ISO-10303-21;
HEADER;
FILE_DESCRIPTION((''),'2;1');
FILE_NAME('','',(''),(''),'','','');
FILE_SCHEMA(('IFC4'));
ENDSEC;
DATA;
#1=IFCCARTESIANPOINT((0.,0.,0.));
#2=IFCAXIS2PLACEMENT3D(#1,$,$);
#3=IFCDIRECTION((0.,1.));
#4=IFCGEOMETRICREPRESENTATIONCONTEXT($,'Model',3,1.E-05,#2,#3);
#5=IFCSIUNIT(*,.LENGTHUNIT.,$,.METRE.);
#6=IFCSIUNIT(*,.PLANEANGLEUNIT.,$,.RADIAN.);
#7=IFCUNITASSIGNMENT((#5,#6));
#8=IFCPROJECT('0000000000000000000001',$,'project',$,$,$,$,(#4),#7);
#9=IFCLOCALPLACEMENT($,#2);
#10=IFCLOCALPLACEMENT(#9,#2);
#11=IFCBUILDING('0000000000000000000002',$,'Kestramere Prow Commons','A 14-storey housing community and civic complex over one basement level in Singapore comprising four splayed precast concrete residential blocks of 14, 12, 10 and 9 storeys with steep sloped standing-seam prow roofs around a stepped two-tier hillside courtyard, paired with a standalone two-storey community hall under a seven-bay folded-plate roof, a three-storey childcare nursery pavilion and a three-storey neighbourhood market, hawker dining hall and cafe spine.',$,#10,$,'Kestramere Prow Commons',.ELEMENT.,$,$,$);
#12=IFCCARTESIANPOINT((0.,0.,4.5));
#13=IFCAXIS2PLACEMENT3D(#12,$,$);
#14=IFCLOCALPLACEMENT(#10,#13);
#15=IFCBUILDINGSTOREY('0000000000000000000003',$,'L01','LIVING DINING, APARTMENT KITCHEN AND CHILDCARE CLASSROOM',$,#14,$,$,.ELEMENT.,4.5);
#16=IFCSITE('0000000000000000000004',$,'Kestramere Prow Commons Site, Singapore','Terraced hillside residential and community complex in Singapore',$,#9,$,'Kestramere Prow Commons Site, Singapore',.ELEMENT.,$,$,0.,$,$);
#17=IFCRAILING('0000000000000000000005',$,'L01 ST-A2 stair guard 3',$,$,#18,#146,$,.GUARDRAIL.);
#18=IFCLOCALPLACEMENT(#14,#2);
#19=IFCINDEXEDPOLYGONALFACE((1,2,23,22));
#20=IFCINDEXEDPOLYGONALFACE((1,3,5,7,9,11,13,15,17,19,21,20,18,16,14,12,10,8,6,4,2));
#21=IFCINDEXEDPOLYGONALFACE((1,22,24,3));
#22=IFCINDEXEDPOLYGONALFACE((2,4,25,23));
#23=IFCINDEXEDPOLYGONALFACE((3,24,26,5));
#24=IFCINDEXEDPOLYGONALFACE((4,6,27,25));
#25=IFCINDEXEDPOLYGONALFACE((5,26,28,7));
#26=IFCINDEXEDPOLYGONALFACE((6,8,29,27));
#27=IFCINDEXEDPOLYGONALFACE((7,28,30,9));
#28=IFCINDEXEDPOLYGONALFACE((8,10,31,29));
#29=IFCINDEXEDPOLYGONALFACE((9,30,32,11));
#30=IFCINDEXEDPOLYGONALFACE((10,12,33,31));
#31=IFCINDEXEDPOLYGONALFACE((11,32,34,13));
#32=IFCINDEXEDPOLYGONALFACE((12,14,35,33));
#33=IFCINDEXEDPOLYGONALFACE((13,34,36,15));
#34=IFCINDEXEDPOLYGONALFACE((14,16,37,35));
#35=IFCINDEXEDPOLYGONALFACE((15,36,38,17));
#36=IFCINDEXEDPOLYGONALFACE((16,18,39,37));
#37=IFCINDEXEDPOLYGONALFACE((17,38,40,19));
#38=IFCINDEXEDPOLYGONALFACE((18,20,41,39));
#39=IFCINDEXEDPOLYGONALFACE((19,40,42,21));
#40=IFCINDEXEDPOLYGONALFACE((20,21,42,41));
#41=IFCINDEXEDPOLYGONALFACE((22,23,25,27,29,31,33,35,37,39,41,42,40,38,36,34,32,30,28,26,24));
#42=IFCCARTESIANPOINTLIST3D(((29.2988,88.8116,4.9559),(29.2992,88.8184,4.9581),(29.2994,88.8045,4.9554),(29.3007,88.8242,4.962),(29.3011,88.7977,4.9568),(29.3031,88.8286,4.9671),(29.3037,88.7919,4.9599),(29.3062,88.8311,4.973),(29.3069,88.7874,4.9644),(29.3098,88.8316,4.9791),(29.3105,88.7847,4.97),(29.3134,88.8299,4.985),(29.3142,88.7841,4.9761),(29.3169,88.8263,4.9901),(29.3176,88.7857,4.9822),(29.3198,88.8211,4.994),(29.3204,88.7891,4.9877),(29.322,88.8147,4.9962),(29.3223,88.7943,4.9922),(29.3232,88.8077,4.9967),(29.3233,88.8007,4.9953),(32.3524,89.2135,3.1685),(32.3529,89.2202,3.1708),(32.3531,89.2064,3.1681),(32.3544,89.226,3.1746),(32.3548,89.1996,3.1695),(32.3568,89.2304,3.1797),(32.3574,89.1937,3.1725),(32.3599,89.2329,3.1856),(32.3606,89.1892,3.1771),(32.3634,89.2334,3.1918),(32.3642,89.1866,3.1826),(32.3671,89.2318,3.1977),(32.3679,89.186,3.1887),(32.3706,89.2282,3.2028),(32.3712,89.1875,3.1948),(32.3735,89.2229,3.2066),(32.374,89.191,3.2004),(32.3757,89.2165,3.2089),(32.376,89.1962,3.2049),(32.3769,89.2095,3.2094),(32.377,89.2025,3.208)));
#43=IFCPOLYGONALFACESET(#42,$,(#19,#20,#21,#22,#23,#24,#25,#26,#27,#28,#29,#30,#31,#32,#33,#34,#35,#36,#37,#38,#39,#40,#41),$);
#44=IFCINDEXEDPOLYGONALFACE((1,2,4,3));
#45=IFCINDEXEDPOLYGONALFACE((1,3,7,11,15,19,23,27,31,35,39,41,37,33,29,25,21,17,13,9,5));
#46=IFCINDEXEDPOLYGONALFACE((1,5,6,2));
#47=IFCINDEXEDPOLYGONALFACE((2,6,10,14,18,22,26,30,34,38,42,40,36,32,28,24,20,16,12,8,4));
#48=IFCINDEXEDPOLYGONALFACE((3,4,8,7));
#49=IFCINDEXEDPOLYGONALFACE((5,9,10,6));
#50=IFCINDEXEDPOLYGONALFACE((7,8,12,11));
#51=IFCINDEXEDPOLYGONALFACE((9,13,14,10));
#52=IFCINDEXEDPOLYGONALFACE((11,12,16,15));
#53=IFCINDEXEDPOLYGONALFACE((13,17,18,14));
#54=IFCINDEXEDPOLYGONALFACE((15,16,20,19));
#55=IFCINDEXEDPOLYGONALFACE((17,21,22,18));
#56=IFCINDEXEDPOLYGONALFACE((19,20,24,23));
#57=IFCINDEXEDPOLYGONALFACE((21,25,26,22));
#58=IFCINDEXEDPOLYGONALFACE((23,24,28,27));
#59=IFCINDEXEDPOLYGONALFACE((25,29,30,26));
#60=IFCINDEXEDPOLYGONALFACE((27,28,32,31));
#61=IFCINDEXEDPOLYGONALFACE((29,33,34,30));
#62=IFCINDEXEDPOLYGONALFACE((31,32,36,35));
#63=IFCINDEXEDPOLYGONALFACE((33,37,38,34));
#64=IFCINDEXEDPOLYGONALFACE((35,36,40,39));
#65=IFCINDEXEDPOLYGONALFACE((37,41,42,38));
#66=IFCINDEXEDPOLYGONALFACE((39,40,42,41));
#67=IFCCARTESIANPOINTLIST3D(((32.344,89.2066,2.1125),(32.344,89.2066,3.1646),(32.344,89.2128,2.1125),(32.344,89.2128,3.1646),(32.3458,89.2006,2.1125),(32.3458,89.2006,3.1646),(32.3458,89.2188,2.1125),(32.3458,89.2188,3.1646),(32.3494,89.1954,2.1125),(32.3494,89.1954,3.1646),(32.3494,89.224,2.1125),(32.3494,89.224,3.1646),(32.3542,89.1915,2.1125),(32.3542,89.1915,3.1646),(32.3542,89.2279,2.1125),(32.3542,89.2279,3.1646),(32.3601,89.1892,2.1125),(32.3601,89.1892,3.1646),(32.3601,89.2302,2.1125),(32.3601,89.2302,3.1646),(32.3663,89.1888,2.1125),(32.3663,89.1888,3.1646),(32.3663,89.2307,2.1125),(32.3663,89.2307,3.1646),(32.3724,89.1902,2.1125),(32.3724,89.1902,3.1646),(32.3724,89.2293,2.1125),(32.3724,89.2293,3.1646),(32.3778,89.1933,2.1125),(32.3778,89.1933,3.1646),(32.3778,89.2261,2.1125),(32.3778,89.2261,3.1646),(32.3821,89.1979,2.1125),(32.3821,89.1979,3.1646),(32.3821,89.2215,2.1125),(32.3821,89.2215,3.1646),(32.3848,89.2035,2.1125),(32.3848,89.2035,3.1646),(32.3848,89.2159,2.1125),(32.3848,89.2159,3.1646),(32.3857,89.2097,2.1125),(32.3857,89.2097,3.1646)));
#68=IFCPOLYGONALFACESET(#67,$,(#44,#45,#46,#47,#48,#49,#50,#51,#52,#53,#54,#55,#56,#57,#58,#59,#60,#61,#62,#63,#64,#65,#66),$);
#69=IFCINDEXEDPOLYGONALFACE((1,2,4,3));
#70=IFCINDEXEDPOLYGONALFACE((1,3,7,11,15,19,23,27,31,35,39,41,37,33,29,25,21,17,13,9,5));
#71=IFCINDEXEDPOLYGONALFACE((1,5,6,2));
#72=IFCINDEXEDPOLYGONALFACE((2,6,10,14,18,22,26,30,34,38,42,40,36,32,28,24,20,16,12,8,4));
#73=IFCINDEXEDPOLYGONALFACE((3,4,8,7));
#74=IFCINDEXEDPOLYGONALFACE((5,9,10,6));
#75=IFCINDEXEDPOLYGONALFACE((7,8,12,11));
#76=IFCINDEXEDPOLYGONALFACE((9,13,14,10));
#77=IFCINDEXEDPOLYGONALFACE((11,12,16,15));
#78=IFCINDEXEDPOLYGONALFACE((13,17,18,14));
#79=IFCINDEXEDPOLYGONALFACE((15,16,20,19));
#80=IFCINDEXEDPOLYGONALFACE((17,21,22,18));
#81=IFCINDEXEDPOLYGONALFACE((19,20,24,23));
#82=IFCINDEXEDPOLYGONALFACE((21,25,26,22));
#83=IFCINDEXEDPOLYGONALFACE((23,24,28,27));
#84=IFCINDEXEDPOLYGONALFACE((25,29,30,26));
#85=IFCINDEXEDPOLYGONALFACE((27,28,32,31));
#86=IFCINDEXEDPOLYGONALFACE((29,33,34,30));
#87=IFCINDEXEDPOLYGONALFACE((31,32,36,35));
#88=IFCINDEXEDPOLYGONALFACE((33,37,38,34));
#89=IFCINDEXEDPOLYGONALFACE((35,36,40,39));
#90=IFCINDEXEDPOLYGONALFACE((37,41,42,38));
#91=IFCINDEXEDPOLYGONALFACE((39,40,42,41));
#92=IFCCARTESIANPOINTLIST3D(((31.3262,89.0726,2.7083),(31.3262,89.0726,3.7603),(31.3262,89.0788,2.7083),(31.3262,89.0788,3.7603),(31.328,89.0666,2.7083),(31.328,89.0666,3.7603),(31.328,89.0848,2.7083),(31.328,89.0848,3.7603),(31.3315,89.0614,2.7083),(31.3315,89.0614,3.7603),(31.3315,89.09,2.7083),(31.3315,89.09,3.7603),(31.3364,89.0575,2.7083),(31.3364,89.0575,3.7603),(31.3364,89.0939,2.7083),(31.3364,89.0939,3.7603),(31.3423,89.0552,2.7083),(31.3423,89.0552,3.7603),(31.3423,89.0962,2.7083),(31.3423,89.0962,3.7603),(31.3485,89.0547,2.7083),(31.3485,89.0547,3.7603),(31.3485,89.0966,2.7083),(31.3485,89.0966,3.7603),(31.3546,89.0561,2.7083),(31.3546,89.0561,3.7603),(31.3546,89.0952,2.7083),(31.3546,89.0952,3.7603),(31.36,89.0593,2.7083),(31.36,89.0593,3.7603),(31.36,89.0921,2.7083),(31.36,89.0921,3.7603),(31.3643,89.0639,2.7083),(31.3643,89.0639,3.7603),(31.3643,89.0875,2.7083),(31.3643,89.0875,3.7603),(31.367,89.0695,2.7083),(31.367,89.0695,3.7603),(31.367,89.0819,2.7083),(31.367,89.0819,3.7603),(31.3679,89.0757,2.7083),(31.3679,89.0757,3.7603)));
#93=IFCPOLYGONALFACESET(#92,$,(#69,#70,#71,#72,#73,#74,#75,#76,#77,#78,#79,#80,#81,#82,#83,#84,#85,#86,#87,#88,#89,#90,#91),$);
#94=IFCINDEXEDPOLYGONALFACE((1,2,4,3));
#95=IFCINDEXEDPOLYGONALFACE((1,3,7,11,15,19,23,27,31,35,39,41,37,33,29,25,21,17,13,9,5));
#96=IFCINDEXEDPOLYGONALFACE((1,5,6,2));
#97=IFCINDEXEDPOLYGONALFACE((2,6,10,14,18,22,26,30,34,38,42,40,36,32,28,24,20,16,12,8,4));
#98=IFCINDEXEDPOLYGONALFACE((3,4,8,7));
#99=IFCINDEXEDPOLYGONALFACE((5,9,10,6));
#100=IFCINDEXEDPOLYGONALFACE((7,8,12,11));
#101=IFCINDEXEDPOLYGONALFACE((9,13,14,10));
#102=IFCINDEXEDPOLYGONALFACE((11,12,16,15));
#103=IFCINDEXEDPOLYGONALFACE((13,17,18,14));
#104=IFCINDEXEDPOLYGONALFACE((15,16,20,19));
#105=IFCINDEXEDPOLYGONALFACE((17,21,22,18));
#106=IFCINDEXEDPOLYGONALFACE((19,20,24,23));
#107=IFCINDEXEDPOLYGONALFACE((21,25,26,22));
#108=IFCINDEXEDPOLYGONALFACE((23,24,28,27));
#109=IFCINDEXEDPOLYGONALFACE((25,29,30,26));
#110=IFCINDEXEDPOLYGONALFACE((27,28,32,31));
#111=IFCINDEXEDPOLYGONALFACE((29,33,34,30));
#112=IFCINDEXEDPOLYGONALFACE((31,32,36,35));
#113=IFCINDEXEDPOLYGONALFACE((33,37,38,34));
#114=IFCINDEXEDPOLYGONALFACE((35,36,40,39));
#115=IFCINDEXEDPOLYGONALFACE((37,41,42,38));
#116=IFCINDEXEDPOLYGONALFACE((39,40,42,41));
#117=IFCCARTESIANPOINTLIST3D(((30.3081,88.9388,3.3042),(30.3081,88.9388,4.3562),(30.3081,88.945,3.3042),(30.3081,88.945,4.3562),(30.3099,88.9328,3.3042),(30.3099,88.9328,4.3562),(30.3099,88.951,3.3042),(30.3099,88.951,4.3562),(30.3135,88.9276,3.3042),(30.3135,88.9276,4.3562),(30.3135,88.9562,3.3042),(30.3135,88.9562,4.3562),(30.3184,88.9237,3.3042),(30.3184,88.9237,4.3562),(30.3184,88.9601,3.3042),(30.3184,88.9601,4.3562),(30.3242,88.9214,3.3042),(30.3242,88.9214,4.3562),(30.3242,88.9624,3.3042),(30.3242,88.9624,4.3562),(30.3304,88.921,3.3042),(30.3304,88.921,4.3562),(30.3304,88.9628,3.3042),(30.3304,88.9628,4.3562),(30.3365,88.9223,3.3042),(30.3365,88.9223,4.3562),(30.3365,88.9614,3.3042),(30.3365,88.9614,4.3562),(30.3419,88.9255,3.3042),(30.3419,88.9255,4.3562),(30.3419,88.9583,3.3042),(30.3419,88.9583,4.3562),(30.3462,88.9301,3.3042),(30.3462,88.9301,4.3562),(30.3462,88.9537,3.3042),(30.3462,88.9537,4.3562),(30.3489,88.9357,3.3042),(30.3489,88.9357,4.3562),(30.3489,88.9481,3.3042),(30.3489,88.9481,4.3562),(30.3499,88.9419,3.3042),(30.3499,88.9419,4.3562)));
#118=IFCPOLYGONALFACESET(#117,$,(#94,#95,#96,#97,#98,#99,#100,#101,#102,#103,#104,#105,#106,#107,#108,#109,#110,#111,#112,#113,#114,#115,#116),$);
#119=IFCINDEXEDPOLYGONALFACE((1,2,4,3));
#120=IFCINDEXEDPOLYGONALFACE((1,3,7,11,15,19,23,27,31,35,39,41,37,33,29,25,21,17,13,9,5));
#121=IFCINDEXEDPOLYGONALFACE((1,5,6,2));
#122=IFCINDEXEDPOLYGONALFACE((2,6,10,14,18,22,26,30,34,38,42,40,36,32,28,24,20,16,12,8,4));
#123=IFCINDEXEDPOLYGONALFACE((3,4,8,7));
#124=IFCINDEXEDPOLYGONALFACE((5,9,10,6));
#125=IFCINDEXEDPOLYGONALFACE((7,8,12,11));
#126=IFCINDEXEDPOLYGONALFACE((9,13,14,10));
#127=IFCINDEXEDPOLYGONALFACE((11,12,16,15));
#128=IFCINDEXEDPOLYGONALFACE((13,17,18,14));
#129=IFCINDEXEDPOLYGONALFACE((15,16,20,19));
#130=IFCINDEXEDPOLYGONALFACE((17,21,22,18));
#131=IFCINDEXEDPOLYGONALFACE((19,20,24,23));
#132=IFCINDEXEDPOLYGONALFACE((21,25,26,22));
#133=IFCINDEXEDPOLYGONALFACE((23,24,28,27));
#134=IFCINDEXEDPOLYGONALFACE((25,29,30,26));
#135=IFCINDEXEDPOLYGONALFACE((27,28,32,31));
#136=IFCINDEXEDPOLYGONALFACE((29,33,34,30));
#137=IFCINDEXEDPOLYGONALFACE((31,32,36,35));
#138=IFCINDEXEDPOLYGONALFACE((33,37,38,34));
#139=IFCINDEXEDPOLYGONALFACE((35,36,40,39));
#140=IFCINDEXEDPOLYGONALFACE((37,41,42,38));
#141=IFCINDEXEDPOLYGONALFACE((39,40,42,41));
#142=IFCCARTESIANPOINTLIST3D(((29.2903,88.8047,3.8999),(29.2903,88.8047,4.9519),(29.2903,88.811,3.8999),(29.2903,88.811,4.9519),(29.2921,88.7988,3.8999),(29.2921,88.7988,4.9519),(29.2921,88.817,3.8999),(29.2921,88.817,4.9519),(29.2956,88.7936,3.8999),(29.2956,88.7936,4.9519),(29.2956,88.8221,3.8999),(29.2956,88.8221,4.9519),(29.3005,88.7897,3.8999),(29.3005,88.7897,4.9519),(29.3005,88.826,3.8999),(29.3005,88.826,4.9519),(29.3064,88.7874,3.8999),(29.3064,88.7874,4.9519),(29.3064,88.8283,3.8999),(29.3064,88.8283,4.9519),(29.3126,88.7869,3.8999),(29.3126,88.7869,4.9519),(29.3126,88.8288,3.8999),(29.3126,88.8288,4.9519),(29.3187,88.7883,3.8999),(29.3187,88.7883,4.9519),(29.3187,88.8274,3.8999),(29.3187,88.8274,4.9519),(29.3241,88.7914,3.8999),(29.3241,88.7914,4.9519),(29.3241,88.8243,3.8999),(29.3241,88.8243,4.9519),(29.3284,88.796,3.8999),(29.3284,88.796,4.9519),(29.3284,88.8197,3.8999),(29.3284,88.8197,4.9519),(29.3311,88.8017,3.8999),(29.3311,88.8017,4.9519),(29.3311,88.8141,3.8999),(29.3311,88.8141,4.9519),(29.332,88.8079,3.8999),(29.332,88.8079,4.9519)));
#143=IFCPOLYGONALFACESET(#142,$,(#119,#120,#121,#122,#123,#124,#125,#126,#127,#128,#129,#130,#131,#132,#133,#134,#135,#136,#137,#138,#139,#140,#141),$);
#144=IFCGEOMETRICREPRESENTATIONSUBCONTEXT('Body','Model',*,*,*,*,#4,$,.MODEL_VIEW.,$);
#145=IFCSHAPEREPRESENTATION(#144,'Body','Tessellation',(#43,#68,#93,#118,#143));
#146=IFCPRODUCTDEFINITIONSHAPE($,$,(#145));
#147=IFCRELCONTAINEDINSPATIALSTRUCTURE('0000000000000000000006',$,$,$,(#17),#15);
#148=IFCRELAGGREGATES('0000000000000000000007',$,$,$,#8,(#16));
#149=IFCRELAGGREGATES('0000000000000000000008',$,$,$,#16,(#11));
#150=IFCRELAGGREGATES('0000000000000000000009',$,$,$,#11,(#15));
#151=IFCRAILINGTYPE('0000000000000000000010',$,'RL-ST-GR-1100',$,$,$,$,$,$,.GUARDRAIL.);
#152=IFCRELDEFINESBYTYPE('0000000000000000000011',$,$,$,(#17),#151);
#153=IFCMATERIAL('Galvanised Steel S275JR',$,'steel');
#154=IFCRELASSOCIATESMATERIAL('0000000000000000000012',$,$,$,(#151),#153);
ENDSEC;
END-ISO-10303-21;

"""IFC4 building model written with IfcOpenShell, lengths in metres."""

from ifc_helpers import new_model, si_unit, direction, frame, origin, origin_2d, place, context, subcontext, project, spatial, circle, extrude, material, type_object, element, save


model = new_model("IFC4")

# Units and contexts
model_context = context("Model", 3, precision=1e-05, world=origin(), true_north=direction((0.0, 1.0)))
body_context = subcontext(model_context, "Body", "Model", "MODEL_VIEW")
ifc_project = project(units=[si_unit("LENGTHUNIT", "METRE"), si_unit("PLANEANGLEUNIT", "RADIAN")], contexts=[model_context])

# Site, building, storey
site_placement = place(None, origin())
site = spatial("IfcSite", under=ifc_project, at=site_placement, Name="Kestramere Prow Commons Site, Singapore", Description="Terraced hillside residential and community complex in Singapore", LongName="Kestramere Prow Commons Site, Singapore", CompositionType="ELEMENT", RefElevation=0.0)
building_placement = place(site_placement, origin())
building = spatial("IfcBuilding", under=site, at=building_placement, Name="Kestramere Prow Commons", Description="A 14-storey housing community and civic complex over one basement level in Singapore comprising four splayed precast concrete residential blocks of 14, 12, 10 and 9 storeys with steep sloped standing-seam prow roofs around a stepped two-tier hillside courtyard, paired with a standalone two-storey community hall under a seven-bay folded-plate roof, a three-storey childcare nursery pavilion and a three-storey neighbourhood market, hawker dining hall and cafe spine.", LongName="Kestramere Prow Commons", CompositionType="ELEMENT")
storey_placement = place(building_placement, frame((0.0, 0.0, 4.5)))
storey = spatial("IfcBuildingStorey", under=building, at=storey_placement, Name="L01", Description="LIVING DINING, APARTMENT KITCHEN AND CHILDCARE CLASSROOM", CompositionType="ELEMENT", Elevation=4.5)

# Railing
ifc_material_1 = material(Name="Galvanised Steel S275JR", Category="steel")
railing_type_1 = type_object("IfcRailingType", Name="RL-ST-GR-1100", PredefinedType="GUARDRAIL", material=ifc_material_1)
railing_1_placement = place(storey_placement, frame((32.3647, 89.2097, 2.1125)))
element("IfcRailing", 1, at=railing_1_placement, inside=storey, type_object=railing_type_1, Name="L01 ST-A2 stair guard 3", PredefinedType="GUARDRAIL", context=body_context, shape_type="SweptSolid", body=[
    extrude(circle(Radius=0.0239, at=origin_2d()), frame((0.0, 0.0, 1.0762), z_axis=(-0.857524, -0.112847, 0.501914), x_axis=(0.130471, -0.991452, 0.0)), (0.0, 0.0, 1.0), 3.561),
    extrude(circle(Radius=0.021, at=origin_2d()), origin(), (0.0, 0.0, 1.0), 1.052),
    extrude(circle(Radius=0.021, at=origin_2d()), frame((-1.0178, -0.134, 0.5957)), (0.0, 0.0, 1.0), 1.052),
    extrude(circle(Radius=0.021, at=origin_2d()), frame((-2.0359, -0.2678, 1.1917)), (0.0, 0.0, 1.0), 1.052),
    extrude(circle(Radius=0.021, at=origin_2d()), frame((-3.0537, -0.4019, 1.7874)), (0.0, 0.0, 1.0), 1.052),
])

save(model, "model.ifc")
